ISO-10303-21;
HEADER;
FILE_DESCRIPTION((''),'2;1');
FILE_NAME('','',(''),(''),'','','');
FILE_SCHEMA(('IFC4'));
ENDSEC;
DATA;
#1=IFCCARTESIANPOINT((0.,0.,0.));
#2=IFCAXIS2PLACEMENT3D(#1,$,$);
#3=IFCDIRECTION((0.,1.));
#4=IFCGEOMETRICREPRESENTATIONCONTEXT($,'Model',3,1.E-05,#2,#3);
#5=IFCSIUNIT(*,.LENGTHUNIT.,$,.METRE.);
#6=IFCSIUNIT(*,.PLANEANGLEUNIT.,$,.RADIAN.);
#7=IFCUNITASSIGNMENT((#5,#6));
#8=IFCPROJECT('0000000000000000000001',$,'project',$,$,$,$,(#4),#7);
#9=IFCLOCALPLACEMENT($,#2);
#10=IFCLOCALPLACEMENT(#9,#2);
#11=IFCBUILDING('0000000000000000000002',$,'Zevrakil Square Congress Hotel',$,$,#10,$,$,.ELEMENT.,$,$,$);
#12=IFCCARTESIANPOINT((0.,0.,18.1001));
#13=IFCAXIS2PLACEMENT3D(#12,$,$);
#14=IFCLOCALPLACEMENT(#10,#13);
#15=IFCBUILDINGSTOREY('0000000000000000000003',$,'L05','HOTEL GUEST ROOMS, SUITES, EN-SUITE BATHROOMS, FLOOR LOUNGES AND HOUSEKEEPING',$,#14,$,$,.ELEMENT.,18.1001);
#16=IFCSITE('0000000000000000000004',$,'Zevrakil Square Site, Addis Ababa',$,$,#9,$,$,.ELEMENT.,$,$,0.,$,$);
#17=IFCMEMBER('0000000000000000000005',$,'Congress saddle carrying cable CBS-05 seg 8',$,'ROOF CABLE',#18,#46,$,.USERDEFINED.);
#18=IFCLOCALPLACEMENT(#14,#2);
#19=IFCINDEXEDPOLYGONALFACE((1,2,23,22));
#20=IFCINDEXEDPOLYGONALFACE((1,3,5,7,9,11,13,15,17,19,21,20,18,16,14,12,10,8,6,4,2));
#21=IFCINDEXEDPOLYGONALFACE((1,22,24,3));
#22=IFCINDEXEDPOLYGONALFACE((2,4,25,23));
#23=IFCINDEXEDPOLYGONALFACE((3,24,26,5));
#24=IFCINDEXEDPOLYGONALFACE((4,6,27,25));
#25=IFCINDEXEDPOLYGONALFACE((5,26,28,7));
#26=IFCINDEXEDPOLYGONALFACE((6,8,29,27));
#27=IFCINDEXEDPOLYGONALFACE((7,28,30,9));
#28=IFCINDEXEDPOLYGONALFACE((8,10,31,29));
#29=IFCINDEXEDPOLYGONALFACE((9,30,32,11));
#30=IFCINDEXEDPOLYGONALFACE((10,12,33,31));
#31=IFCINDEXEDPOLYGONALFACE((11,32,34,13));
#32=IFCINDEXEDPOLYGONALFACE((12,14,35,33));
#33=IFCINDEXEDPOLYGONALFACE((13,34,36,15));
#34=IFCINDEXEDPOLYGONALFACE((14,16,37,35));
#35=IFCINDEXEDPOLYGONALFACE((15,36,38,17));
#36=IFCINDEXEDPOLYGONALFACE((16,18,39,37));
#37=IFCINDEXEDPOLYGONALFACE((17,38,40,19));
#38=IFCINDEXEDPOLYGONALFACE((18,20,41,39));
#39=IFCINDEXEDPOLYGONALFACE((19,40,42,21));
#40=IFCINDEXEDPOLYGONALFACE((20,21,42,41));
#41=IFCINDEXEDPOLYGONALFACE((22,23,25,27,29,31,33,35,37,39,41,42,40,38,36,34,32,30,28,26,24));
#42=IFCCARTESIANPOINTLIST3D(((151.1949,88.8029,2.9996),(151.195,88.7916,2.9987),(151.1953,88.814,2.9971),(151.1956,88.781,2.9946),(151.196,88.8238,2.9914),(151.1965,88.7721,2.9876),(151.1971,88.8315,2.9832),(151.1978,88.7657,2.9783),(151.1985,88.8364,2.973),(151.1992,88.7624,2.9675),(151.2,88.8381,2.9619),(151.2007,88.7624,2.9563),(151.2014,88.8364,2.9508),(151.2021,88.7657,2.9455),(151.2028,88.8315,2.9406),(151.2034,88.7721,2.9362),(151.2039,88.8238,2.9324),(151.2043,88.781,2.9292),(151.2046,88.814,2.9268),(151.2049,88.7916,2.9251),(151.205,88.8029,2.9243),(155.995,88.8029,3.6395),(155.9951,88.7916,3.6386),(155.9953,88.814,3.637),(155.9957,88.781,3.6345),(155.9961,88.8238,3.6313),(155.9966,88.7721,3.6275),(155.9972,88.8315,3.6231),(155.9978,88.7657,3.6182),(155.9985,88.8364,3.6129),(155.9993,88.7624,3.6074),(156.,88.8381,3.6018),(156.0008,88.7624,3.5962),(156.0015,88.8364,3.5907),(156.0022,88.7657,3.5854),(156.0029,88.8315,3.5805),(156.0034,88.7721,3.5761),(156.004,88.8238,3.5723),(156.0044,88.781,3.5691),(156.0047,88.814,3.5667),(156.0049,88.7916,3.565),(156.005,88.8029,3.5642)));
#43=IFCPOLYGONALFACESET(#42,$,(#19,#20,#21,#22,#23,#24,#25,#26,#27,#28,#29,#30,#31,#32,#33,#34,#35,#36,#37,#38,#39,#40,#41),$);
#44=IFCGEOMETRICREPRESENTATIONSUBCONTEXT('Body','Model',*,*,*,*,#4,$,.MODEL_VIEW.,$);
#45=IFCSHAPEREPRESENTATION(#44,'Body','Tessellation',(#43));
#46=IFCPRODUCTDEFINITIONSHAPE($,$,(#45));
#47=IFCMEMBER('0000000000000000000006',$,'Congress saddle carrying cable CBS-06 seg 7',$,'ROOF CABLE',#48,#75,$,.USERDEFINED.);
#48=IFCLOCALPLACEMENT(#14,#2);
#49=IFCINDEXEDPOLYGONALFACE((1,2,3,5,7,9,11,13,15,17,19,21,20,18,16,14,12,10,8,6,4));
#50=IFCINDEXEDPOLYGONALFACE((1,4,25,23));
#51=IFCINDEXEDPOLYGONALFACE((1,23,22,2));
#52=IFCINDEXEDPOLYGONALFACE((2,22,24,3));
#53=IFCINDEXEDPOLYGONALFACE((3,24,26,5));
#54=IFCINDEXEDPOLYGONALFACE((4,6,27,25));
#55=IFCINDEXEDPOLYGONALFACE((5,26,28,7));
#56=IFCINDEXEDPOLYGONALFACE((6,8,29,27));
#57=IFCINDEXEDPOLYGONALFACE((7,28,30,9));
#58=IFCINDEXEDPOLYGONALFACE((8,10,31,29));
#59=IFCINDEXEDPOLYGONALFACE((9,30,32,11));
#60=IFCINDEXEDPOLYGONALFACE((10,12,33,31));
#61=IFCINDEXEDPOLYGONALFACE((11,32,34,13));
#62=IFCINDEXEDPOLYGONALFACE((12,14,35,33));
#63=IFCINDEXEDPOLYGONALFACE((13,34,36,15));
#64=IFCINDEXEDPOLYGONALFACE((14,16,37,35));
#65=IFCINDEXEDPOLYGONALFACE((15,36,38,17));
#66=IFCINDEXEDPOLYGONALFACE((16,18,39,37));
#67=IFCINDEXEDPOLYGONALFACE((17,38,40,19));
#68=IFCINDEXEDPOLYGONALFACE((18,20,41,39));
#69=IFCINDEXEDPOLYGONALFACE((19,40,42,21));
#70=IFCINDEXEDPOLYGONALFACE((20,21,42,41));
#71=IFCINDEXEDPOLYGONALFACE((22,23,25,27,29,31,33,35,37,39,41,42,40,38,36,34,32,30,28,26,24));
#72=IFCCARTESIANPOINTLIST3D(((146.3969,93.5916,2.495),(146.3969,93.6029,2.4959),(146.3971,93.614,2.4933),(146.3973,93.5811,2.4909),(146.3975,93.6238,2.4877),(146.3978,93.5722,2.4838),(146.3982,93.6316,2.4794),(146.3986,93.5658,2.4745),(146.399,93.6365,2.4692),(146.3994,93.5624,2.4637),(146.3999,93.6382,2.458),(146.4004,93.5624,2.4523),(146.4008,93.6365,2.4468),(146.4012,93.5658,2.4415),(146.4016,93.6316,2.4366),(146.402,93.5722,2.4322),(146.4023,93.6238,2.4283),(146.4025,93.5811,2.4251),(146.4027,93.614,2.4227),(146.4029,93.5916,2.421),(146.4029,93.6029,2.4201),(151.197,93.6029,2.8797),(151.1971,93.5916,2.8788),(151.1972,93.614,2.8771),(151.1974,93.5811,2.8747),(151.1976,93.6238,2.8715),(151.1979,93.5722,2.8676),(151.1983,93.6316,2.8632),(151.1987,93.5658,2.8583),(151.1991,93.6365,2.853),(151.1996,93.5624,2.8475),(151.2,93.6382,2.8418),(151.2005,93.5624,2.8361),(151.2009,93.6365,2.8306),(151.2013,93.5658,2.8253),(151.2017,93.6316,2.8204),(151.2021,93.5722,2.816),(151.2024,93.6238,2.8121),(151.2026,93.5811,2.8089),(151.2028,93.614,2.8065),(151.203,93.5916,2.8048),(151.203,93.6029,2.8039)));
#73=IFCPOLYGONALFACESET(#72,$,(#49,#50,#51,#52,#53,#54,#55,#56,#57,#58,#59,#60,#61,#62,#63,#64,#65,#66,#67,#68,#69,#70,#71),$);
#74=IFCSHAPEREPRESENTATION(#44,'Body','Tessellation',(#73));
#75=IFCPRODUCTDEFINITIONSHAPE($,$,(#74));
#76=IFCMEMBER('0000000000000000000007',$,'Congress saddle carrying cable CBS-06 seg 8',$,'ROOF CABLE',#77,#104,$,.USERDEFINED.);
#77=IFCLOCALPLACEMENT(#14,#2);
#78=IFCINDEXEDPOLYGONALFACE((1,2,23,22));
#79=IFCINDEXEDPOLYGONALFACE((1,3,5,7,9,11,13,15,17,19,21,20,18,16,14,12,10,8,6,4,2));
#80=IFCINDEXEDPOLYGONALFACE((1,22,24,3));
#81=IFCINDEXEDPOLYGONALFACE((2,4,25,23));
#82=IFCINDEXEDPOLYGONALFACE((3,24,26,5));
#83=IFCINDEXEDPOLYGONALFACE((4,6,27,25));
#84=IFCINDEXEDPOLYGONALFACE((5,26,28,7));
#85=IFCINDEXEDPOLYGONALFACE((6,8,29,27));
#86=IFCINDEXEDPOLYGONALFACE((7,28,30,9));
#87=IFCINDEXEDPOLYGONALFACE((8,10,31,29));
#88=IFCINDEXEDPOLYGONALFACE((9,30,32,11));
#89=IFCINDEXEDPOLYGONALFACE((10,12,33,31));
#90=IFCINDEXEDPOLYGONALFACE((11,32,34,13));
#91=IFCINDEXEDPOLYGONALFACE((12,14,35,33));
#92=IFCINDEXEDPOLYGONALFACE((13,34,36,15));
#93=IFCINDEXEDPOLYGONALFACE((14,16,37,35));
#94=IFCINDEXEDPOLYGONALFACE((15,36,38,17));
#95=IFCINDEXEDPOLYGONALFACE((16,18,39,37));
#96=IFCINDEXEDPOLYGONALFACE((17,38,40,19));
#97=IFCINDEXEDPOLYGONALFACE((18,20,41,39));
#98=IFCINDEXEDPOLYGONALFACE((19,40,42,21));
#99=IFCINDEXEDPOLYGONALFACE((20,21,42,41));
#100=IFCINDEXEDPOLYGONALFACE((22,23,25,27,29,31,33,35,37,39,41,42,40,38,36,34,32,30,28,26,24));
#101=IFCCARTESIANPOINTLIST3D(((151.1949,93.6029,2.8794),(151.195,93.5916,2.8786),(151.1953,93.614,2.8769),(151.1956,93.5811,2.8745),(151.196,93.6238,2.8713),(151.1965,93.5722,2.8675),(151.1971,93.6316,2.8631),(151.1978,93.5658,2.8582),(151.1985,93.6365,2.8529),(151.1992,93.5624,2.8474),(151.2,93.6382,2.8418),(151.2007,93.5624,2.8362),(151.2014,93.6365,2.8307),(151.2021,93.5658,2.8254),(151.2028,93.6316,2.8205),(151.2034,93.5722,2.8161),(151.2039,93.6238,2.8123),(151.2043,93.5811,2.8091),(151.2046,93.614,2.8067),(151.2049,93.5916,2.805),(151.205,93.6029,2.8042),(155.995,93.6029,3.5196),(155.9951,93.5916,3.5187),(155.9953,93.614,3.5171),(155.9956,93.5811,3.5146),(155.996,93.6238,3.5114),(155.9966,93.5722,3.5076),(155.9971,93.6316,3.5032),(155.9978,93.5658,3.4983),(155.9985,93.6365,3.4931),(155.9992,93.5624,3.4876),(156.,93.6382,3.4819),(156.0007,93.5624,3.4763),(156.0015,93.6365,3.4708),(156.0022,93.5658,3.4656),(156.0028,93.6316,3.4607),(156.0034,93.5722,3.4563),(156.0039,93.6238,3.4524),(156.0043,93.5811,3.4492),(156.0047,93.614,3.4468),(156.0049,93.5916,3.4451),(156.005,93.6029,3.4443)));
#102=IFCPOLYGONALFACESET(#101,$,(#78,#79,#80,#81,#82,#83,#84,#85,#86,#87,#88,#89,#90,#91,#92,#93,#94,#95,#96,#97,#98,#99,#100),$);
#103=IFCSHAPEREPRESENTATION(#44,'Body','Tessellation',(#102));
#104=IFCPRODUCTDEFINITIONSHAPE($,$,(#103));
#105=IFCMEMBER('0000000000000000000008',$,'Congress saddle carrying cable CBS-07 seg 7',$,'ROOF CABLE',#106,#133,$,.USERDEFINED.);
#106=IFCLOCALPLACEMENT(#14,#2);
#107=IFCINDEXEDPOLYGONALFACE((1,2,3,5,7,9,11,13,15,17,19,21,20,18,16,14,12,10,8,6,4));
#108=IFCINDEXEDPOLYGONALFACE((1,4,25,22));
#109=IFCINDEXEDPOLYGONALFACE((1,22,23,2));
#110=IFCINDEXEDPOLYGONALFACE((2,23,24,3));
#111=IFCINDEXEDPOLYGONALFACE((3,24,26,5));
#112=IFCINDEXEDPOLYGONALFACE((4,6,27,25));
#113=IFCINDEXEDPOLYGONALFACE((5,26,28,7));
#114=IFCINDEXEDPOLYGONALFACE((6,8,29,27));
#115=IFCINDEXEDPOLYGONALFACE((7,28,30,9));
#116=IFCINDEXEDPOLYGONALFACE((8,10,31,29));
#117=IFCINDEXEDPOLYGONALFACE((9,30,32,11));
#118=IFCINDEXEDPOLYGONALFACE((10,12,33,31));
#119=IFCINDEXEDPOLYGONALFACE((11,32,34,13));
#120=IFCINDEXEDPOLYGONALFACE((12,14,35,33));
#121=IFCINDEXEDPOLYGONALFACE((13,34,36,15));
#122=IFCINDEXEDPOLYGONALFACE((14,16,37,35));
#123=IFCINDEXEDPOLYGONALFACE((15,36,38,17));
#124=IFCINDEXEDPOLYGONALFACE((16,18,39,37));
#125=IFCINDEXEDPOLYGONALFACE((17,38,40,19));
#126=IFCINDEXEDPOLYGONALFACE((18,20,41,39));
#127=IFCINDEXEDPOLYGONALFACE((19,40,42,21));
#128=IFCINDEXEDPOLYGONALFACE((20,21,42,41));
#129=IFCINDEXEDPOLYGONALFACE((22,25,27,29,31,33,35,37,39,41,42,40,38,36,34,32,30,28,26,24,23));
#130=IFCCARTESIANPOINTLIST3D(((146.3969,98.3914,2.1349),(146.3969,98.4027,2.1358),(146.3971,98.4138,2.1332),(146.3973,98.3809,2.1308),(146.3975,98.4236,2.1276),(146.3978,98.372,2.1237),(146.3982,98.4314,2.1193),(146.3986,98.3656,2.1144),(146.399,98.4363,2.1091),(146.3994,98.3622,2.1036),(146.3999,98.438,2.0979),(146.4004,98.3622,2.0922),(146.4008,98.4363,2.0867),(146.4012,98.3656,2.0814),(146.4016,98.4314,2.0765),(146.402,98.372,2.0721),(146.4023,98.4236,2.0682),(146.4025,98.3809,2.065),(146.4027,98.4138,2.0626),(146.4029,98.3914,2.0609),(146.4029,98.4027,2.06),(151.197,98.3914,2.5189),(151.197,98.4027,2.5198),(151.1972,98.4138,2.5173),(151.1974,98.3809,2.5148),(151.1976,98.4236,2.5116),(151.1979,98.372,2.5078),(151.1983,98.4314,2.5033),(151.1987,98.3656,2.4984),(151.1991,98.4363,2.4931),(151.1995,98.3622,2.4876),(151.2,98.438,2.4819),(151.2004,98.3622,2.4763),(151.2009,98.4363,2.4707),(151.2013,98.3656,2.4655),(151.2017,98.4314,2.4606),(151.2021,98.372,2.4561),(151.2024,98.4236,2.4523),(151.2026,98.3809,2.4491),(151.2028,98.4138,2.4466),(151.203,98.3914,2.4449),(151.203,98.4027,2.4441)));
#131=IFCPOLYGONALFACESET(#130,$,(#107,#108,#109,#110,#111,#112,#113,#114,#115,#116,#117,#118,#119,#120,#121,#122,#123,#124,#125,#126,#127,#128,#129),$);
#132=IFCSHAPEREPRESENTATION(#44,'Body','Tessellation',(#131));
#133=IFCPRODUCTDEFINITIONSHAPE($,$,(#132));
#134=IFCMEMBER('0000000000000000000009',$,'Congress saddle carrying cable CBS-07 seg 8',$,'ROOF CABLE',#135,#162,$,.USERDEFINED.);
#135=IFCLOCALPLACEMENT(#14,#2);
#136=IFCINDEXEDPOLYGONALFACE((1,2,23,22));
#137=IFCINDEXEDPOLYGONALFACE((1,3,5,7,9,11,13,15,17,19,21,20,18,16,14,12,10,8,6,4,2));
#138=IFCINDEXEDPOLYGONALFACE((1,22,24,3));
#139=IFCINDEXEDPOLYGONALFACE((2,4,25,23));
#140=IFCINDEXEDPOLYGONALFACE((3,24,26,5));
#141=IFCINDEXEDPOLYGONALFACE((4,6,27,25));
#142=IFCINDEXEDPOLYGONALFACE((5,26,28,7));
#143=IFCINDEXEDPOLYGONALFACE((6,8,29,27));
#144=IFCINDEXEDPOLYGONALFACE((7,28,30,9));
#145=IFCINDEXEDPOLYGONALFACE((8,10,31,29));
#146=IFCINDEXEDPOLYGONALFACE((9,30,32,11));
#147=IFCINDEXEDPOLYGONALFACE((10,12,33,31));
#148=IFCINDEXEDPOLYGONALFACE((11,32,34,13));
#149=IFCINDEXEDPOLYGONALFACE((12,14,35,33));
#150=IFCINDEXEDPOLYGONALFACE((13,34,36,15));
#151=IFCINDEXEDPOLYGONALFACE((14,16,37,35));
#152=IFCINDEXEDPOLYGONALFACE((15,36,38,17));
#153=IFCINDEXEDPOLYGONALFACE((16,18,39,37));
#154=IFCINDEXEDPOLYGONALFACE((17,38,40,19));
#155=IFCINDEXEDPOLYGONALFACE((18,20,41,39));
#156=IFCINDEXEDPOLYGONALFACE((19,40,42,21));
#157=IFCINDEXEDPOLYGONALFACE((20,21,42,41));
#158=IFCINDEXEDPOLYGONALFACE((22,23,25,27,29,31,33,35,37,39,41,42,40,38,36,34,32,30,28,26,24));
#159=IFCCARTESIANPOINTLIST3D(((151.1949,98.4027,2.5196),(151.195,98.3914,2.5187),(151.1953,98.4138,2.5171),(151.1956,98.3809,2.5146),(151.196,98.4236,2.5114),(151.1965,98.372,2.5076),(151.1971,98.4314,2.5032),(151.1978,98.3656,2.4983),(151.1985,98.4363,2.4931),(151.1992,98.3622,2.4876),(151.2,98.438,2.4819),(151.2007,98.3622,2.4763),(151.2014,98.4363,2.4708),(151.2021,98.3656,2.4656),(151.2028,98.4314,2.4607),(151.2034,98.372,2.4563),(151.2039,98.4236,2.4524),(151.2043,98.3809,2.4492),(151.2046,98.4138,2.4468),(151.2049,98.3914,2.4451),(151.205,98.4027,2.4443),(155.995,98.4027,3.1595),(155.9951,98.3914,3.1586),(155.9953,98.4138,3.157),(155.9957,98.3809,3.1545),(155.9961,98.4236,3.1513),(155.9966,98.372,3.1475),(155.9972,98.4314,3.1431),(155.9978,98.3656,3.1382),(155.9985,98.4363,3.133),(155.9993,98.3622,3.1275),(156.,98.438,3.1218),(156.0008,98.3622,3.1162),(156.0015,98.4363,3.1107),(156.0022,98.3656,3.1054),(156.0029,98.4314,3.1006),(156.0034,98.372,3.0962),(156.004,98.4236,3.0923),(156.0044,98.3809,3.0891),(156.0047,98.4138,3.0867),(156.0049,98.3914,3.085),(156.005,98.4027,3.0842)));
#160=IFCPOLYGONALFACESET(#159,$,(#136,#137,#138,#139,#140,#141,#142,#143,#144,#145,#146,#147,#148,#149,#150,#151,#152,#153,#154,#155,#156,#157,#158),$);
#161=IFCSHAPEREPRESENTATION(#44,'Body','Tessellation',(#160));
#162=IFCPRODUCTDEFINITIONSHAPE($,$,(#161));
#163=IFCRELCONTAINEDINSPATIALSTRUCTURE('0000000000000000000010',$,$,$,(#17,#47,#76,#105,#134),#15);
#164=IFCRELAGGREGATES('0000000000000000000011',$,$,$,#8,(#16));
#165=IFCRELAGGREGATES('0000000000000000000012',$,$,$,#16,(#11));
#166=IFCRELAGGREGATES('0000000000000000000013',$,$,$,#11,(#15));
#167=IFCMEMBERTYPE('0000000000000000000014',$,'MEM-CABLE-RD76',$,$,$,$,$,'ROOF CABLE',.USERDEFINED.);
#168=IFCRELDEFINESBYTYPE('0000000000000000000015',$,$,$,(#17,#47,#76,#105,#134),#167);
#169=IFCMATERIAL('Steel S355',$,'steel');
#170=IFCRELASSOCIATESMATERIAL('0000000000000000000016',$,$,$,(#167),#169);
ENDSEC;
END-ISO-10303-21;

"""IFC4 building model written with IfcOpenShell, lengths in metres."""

from ifc_helpers import new_model, si_unit, direction, frame, origin, origin_2d, place, context, subcontext, project, spatial, circle, extrude, material, material_profile, profile_set, type_object, element, save


model = new_model("IFC4")

# Units and contexts
model_context = context("Model", 3, precision=1e-05, world=origin(), true_north=direction((0.0, 1.0)))
body_context = subcontext(model_context, "Body", "Model", "MODEL_VIEW")
ifc_project = project(units=[si_unit("LENGTHUNIT", "METRE"), si_unit("PLANEANGLEUNIT", "RADIAN")], contexts=[model_context])

# Site, building, storey
site_placement = place(None, origin())
site = spatial("IfcSite", under=ifc_project, at=site_placement, Name="Zevrakil Square Site, Addis Ababa", CompositionType="ELEMENT", RefElevation=0.0)
building_placement = place(site_placement, origin())
building = spatial("IfcBuilding", under=site, at=building_placement, Name="Zevrakil Square Congress Hotel", CompositionType="ELEMENT")
storey_placement = place(building_placement, frame((0.0, 0.0, 18.1001)))
storey = spatial("IfcBuildingStorey", under=building, at=storey_placement, Name="L05", Description="HOTEL GUEST ROOMS, SUITES, EN-SUITE BATHROOMS, FLOOR LOUNGES AND HOUSEKEEPING", CompositionType="ELEMENT", Elevation=18.1001)

# Members
ifc_material_1 = material(Name="Steel S355", Category="steel")
ifc_material_profile_1 = material_profile(ifc_material_1, circle(Radius=0.0381, at=origin_2d()), Name="CABLE RD76")
ifc_profile_set_1 = profile_set([ifc_material_profile_1], Name="Steel S355")
member_type_1 = type_object("IfcMemberType", Name="MEM-CABLE-RD76", ElementType="ROOF CABLE", PredefinedType="USERDEFINED", material=ifc_profile_set_1)
member_1_placement = place(storey_placement, frame((151.2, 88.8, 2.9619), z_axis=(0.991231, 0.0, 0.132141), x_axis=(0.0, 1.0, 0.0)))
element("IfcMember", 1, at=member_1_placement, inside=storey, type_object=member_type_1, Name="Congress saddle carrying cable CBS-05 seg 8", ObjectType="ROOF CABLE", PredefinedType="USERDEFINED", context=body_context, shape_type="SweptSolid", body=[
    extrude(circle(Radius=0.0381, at=origin_2d()), origin(), (0.0, 0.0, 1.0), 4.8425),
])
member_2_placement = place(storey_placement, frame((146.3999, 93.6001, 2.458), z_axis=(0.996819, 0.0, 0.079701), x_axis=(0.0, 1.0, 0.0)))
element("IfcMember", 2, at=member_2_placement, inside=storey, type_object=member_type_1, Name="Congress saddle carrying cable CBS-06 seg 7", ObjectType="ROOF CABLE", PredefinedType="USERDEFINED", context=body_context, shape_type="SweptSolid", body=[
    extrude(circle(Radius=0.0381, at=origin_2d()), origin(), (0.0, 0.0, 1.0), 4.8154),
])
member_3_placement = place(storey_placement, frame((151.2, 93.6001, 2.8418), z_axis=(0.991224, 0.0, 0.13219), x_axis=(0.0, 1.0, 0.0)))
element("IfcMember", 3, at=member_3_placement, inside=storey, type_object=member_type_1, Name="Congress saddle carrying cable CBS-06 seg 8", ObjectType="ROOF CABLE", PredefinedType="USERDEFINED", context=body_context, shape_type="SweptSolid", body=[
    extrude(circle(Radius=0.0381, at=origin_2d()), origin(), (0.0, 0.0, 1.0), 4.8425),
])
member_4_placement = place(storey_placement, frame((146.3999, 98.3999, 2.0979), z_axis=(0.996815, 0.0, 0.079751), x_axis=(0.0, 1.0, 0.0)))
element("IfcMember", 4, at=member_4_placement, inside=storey, type_object=member_type_1, Name="Congress saddle carrying cable CBS-07 seg 7", ObjectType="ROOF CABLE", PredefinedType="USERDEFINED", context=body_context, shape_type="SweptSolid", body=[
    extrude(circle(Radius=0.0381, at=origin_2d()), origin(), (0.0, 0.0, 1.0), 4.8154),
])
member_5_placement = place(storey_placement, frame((151.2, 98.3999, 2.4819), z_axis=(0.991231, 0.0, 0.132141), x_axis=(0.0, 1.0, 0.0)))
element("IfcMember", 5, at=member_5_placement, inside=storey, type_object=member_type_1, Name="Congress saddle carrying cable CBS-07 seg 8", ObjectType="ROOF CABLE", PredefinedType="USERDEFINED", context=body_context, shape_type="SweptSolid", body=[
    extrude(circle(Radius=0.0381, at=origin_2d()), origin(), (0.0, 0.0, 1.0), 4.8425),
])

save(model, "model.ifc")
